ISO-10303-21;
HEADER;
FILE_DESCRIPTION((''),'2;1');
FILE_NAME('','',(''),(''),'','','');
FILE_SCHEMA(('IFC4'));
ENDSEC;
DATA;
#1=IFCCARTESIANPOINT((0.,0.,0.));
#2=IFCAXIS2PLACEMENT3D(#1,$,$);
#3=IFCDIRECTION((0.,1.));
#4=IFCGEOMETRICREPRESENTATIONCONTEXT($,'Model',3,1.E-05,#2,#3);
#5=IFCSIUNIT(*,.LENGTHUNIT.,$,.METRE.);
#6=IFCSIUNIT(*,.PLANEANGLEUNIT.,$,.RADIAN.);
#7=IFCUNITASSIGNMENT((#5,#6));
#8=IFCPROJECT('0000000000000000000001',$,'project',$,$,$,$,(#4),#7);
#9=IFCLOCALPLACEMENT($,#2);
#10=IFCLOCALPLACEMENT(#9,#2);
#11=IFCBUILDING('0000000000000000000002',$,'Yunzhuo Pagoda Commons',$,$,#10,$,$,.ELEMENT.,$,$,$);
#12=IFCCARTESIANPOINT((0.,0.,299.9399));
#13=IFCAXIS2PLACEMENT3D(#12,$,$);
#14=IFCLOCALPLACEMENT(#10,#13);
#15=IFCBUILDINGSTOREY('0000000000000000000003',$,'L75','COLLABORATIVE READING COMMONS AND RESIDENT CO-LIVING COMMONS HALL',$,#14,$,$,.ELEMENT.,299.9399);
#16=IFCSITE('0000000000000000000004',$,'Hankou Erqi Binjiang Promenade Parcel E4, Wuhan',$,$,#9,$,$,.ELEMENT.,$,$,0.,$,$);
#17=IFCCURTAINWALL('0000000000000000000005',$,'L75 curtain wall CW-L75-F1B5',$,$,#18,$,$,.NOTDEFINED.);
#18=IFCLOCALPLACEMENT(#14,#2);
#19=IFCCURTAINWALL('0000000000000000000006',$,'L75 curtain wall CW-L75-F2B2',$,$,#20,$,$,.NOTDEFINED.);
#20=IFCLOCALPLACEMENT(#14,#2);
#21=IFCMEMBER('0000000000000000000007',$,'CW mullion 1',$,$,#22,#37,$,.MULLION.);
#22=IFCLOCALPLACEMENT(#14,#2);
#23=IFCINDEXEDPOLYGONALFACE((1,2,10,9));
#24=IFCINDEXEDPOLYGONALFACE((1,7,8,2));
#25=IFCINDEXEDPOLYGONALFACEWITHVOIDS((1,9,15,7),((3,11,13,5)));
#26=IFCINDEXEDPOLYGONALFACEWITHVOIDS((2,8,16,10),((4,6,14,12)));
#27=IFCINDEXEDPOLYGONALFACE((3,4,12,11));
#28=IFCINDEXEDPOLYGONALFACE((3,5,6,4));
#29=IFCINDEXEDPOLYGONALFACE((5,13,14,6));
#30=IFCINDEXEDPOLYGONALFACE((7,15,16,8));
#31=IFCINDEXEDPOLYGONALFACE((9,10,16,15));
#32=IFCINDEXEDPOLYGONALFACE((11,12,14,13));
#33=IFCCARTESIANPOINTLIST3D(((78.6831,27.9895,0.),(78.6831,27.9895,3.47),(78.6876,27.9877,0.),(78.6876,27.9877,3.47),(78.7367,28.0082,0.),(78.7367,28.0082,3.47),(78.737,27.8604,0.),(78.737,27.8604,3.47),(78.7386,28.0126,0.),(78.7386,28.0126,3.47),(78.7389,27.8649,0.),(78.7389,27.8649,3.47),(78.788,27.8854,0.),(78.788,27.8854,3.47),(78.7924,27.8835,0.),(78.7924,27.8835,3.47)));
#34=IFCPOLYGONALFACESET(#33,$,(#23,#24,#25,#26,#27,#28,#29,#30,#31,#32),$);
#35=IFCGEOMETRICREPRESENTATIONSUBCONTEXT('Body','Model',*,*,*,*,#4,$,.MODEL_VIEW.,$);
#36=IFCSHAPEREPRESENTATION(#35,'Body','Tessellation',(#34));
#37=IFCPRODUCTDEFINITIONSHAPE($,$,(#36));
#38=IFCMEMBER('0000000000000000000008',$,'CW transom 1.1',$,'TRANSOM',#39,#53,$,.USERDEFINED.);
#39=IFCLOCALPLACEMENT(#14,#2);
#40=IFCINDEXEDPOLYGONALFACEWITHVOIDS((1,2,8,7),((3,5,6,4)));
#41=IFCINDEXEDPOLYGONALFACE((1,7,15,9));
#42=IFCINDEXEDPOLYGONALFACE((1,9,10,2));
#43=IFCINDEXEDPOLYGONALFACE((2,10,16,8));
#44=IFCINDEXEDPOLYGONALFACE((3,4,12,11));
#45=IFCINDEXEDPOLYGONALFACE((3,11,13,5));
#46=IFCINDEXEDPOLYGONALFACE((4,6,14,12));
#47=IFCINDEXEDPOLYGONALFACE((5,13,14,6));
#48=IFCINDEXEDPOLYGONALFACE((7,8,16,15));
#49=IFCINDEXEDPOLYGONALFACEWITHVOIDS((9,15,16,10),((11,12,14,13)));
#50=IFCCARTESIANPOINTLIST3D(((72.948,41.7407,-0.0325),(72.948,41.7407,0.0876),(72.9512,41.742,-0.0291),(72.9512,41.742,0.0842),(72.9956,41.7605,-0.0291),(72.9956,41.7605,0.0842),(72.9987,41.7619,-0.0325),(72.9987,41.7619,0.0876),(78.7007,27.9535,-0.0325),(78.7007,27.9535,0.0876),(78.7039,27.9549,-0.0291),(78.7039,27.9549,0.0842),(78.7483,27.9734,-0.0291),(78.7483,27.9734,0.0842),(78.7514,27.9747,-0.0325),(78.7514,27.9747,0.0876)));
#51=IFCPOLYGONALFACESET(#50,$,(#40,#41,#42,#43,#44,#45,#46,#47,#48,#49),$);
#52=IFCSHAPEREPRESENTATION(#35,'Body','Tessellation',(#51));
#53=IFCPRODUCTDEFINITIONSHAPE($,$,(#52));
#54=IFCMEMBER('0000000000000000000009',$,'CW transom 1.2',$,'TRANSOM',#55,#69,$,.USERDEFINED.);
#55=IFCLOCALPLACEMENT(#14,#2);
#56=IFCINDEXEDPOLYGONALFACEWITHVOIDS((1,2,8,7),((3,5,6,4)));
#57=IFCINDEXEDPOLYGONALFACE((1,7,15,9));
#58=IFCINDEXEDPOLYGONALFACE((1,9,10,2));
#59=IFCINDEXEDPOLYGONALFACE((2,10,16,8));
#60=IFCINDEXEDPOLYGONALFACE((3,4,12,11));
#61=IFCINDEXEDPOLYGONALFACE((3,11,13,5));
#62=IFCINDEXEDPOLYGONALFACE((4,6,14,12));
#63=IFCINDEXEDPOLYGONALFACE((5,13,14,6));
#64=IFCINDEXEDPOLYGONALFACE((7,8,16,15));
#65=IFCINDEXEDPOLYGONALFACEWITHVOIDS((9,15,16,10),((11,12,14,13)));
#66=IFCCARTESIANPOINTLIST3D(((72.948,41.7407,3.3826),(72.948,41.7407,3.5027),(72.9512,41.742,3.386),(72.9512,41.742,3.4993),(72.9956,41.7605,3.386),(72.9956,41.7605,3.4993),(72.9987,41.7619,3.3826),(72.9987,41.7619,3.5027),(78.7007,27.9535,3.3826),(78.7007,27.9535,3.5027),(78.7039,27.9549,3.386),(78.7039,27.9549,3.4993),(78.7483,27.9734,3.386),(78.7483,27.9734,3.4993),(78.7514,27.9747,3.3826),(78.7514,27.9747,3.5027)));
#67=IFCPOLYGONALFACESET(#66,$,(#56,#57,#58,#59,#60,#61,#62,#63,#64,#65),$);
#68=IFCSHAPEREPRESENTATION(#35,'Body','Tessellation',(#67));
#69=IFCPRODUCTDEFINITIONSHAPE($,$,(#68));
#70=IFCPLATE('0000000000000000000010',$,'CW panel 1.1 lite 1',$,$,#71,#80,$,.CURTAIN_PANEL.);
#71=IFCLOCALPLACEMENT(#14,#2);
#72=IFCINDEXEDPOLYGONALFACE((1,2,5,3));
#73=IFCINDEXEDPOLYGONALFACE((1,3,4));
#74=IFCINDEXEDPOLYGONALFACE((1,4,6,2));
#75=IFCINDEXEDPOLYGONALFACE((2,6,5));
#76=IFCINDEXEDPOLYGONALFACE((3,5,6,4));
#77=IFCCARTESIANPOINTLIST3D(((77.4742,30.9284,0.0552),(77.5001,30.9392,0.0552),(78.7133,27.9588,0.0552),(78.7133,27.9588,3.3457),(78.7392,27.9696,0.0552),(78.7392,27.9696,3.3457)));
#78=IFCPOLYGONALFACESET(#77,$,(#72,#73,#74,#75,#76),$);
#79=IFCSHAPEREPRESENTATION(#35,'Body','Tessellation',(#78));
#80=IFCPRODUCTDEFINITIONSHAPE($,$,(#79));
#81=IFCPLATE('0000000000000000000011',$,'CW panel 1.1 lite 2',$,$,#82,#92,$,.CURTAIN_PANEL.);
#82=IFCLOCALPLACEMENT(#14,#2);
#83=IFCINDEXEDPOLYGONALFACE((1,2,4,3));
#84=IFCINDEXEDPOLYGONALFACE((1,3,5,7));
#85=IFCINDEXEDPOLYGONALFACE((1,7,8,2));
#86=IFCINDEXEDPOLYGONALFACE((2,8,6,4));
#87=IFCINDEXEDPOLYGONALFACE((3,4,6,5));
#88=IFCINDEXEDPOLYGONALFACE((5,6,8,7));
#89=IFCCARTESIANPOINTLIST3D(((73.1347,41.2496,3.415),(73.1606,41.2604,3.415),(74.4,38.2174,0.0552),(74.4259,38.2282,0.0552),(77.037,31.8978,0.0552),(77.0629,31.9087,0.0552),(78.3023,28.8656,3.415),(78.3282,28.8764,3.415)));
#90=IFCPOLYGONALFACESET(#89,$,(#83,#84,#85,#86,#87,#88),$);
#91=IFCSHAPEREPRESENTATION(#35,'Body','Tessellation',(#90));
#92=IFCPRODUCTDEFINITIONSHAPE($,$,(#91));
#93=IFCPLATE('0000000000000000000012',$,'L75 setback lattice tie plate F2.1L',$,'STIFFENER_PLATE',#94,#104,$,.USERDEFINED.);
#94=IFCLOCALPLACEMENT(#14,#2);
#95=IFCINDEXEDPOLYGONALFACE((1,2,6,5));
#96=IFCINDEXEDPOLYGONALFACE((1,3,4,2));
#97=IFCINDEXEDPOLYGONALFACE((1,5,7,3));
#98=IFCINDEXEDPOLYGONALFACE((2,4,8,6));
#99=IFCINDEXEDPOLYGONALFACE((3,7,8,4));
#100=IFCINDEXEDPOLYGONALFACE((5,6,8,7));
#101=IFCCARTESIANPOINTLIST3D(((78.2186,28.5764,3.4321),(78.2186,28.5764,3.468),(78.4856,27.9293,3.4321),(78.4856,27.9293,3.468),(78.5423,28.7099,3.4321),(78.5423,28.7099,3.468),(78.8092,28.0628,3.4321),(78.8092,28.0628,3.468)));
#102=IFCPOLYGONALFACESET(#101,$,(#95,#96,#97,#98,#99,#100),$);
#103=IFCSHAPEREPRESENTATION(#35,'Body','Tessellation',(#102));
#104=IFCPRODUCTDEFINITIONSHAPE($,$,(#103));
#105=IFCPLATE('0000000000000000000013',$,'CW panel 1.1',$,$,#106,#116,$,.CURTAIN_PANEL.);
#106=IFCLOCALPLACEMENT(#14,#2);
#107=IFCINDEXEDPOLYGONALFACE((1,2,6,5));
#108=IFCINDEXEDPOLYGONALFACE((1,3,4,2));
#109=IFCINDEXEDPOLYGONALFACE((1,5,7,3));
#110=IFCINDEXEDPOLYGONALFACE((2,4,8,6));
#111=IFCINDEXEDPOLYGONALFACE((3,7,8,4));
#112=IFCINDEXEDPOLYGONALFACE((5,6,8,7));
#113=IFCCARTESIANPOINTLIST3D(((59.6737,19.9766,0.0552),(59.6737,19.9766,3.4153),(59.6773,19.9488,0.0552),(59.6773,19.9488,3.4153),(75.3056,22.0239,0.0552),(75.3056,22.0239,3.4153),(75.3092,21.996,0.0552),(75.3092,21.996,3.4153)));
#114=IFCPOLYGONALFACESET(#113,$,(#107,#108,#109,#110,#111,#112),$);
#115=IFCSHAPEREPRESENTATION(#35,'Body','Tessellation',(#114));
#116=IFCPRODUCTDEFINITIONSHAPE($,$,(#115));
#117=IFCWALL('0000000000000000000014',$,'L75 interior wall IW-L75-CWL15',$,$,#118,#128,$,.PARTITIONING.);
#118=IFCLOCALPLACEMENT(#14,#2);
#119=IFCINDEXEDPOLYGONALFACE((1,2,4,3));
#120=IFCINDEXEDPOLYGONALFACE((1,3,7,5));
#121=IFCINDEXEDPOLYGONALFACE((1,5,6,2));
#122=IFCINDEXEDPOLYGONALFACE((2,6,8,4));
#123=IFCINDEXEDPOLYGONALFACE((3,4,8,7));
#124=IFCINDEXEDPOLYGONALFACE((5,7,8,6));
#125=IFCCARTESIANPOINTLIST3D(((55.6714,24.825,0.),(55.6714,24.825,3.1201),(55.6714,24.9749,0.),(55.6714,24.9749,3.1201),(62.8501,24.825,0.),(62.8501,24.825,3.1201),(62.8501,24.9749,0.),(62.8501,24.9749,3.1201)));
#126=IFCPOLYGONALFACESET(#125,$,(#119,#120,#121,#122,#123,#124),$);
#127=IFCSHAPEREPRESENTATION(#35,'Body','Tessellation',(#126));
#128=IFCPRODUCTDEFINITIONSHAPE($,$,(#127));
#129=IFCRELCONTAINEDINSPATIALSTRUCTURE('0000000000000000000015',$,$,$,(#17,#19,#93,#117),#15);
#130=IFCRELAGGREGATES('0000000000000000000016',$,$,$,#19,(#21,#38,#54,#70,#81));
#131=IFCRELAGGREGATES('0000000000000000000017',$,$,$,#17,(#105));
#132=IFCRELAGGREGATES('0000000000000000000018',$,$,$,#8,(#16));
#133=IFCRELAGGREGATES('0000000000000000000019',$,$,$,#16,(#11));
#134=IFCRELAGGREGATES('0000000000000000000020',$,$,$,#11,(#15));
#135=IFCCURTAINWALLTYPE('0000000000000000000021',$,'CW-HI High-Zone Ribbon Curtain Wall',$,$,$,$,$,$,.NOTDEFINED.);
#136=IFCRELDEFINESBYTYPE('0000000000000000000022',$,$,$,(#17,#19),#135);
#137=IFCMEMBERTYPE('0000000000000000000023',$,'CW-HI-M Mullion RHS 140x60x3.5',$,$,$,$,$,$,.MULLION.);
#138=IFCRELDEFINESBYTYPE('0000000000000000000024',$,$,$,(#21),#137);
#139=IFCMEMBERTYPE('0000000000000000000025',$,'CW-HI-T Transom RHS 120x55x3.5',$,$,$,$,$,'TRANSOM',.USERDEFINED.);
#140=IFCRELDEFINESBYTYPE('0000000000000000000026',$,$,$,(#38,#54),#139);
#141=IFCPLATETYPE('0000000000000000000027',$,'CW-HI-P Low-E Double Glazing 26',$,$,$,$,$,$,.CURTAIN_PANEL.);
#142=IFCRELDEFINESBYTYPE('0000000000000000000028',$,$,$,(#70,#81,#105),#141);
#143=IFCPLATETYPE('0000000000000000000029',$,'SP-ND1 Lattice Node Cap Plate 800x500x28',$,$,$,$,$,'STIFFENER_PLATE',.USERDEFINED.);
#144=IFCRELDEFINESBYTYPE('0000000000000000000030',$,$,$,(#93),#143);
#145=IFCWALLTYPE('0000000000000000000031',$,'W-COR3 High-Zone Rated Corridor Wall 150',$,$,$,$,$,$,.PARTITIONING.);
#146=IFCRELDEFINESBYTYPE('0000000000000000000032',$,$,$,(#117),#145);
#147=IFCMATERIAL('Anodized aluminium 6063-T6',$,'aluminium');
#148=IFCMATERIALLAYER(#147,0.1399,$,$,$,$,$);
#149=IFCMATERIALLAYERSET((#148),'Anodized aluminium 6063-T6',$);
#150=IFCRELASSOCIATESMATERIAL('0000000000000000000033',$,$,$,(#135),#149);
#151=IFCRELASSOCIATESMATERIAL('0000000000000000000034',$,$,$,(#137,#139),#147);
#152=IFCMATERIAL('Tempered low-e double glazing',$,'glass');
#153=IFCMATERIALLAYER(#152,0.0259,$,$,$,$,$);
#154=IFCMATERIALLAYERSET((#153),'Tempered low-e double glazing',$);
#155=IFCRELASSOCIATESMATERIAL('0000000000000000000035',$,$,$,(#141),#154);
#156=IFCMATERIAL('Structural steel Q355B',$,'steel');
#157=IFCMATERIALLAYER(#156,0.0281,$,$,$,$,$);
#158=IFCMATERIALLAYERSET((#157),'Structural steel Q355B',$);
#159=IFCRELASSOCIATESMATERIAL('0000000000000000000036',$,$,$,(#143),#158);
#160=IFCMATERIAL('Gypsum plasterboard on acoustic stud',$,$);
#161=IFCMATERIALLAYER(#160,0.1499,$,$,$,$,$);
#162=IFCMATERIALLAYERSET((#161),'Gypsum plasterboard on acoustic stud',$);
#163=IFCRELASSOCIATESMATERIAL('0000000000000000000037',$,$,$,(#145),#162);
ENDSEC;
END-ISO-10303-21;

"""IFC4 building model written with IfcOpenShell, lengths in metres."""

from ifc_helpers import new_model, si_unit, direction, frame, frame_2d, origin, origin_2d, place, context, subcontext, project, spatial, polyline, rectangle, hollow_rectangle, outline, extrude, source, transform, mapped, material, layer, layer_set, material_profile, profile_set, type_object, element, aggregate, save


model = new_model("IFC4")

# Units and contexts
model_context = context("Model", 3, precision=1e-05, world=origin(), true_north=direction((0.0, 1.0)))
body_context = subcontext(model_context, "Body", "Model", "MODEL_VIEW")
ifc_project = project(units=[si_unit("LENGTHUNIT", "METRE"), si_unit("PLANEANGLEUNIT", "RADIAN")], contexts=[model_context])

# Site, building, storey
site_placement = place(None, origin())
site = spatial("IfcSite", under=ifc_project, at=site_placement, Name="Hankou Erqi Binjiang Promenade Parcel E4, Wuhan", CompositionType="ELEMENT", RefElevation=0.0)
building_placement = place(site_placement, origin())
building = spatial("IfcBuilding", under=site, at=building_placement, Name="Yunzhuo Pagoda Commons", CompositionType="ELEMENT")
storey_placement = place(building_placement, frame((0.0, 0.0, 299.9399)))
storey = spatial("IfcBuildingStorey", under=building, at=storey_placement, Name="L75", Description="COLLABORATIVE READING COMMONS AND RESIDENT CO-LIVING COMMONS HALL", CompositionType="ELEMENT", Elevation=299.9399)

# Shared definitions
ifc_material_1 = material(Name="Structural steel Q355B", Category="steel")

# Curtain wall
ifc_material_2 = material(Name="Anodized aluminium 6063-T6", Category="aluminium")
ifc_layer_1 = layer(ifc_material_2, 0.1399)
ifc_layer_set_1 = layer_set([ifc_layer_1], Name="Anodized aluminium 6063-T6")
curtain_wall_type = type_object("IfcCurtainWallType", Name="CW-HI High-Zone Ribbon Curtain Wall", PredefinedType="NOTDEFINED", material=ifc_layer_set_1)
curtain_wall_1_placement = place(storey_placement, origin())
curtain_wall_1 = element("IfcCurtainWall", 1, at=curtain_wall_1_placement, inside=storey, type_object=curtain_wall_type, Name="L75 curtain wall CW-L75-F1B5", PredefinedType="NOTDEFINED")
ifc_material_profile_1 = material_profile(ifc_material_2, hollow_rectangle(XDim=0.0601, YDim=0.1399, WallThickness=0.0034, at=origin_2d()), Name="Anodized aluminium 6063-T6")
ifc_profile_set_1 = profile_set([ifc_material_profile_1], Name="Anodized aluminium 6063-T6")
member_type_1 = type_object("IfcMemberType", Name="CW-HI-M Mullion RHS 140x60x3.5", PredefinedType="MULLION", material=ifc_profile_set_1)
shared_shape_1 = source(origin(), body_context, "Body", "SweptSolid", [
    extrude(hollow_rectangle(XDim=0.0601, YDim=0.1399, WallThickness=0.0034, at=origin_2d()), origin(), (0.0, 0.0, 1.0), 3.47),
])

# Curtain wall, members, plates
curtain_wall_2_placement = place(storey_placement, origin())
curtain_wall_2 = element("IfcCurtainWall", 2, at=curtain_wall_2_placement, inside=storey, type_object=curtain_wall_type, Name="L75 curtain wall CW-L75-F2B2", PredefinedType="NOTDEFINED")
member_1_placement = place(storey_placement, frame((78.7378, 27.9365, 0.0), z_axis=(0.0, 0.0, 1.0), x_axis=(-0.922876, -0.385097, 0.0)))
member_1 = element("IfcMember", 3, at=member_1_placement, type_object=member_type_1, Name="CW mullion 1", PredefinedType="MULLION", context=body_context, shape_type="MappedRepresentation", body=[
    mapped(shared_shape_1, transform((0.0, 0.0, 0.0), scale=1.0)),
])
ifc_material_profile_2 = material_profile(ifc_material_2, hollow_rectangle(XDim=0.0549, YDim=0.1201, WallThickness=0.0034, at=origin_2d()), Name="Anodized aluminium 6063-T6")
ifc_profile_set_2 = profile_set([ifc_material_profile_2], Name="Anodized aluminium 6063-T6")
member_type_2 = type_object("IfcMemberType", Name="CW-HI-T Transom RHS 120x55x3.5", ElementType="TRANSOM", PredefinedType="USERDEFINED", material=ifc_profile_set_2)
shared_shape_2 = source(origin(), body_context, "Body", "SweptSolid", [
    extrude(hollow_rectangle(XDim=0.0549, YDim=0.1201, WallThickness=0.0034, at=origin_2d()), origin(), (0.0, 0.0, 1.0), 14.9392),
])
member_2_placement = place(storey_placement, frame((78.7261, 27.9641, 0.0276), z_axis=(-0.385075, 0.922885, 0.0), x_axis=(-0.922885, -0.385075, 0.0)))
member_2 = element("IfcMember", 4, at=member_2_placement, type_object=member_type_2, Name="CW transom 1.1", ObjectType="TRANSOM", PredefinedType="USERDEFINED", context=body_context, shape_type="MappedRepresentation", body=[
    mapped(shared_shape_2, transform((0.0, 0.0, 0.0), scale=1.0)),
])
member_3_placement = place(storey_placement, frame((78.7261, 27.9641, 3.4426), z_axis=(-0.385075, 0.922885, 0.0), x_axis=(-0.922885, -0.385075, 0.0)))
member_3 = element("IfcMember", 5, at=member_3_placement, type_object=member_type_2, Name="CW transom 1.2", ObjectType="TRANSOM", PredefinedType="USERDEFINED", context=body_context, shape_type="MappedRepresentation", body=[
    mapped(shared_shape_2, transform((0.0, 0.0, 0.0), scale=1.0)),
])
ifc_material_3 = material(Name="Tempered low-e double glazing", Category="glass")
ifc_layer_2 = layer(ifc_material_3, 0.0259)
ifc_layer_set_2 = layer_set([ifc_layer_2], Name="Tempered low-e double glazing")
plate_type_1 = type_object("IfcPlateType", Name="CW-HI-P Low-E Double Glazing 26", PredefinedType="CURTAIN_PANEL", material=ifc_layer_set_2)
plate_1_placement = place(storey_placement, frame((78.0938, 29.4436, 1.7004), z_axis=(0.922876, 0.385097, 0.0), x_axis=(-0.385097, 0.922876, 0.0)))
plate_1 = element("IfcPlate", 6, at=plate_1_placement, type_object=plate_type_1, Name="CW panel 1.1 lite 1", PredefinedType="CURTAIN_PANEL", context=body_context, shape_type="SweptSolid", body=[
    extrude(outline(polyline([(-1.6089, -1.6453), (1.6089, -1.6453), (-1.6089, 1.6453), (-1.6089, -1.6453)])), origin(), (0.0, 0.0, 1.0), 0.0281),
])
plate_2_placement = place(storey_placement, frame((75.7185, 35.0576, 1.7351), z_axis=(0.922876, 0.385097, 0.0), x_axis=(-0.385097, 0.922876, 0.0)))
plate_2 = element("IfcPlate", 7, at=plate_2_placement, type_object=plate_type_1, Name="CW panel 1.1 lite 2", PredefinedType="CURTAIN_PANEL", context=body_context, shape_type="SweptSolid", body=[
    extrude(outline(polyline([(-6.7095, 1.6799), (-3.4238, -1.6799), (3.4238, -1.6799), (6.7095, 1.6799), (-6.7095, 1.6799)])), origin(), (0.0, 0.0, 1.0), 0.0281),
])
aggregate(curtain_wall_2, [member_1, member_2, member_3, plate_1, plate_2])

# Plates
ifc_layer_3 = layer(ifc_material_1, 0.0281)
ifc_layer_set_3 = layer_set([ifc_layer_3], Name="Structural steel Q355B")
plate_type_2 = type_object("IfcPlateType", Name="SP-ND1 Lattice Node Cap Plate 800x500x28", ElementType="STIFFENER_PLATE", PredefinedType="USERDEFINED", material=ifc_layer_set_3)
shared_shape_3 = source(origin(), body_context, "Body", "SweptSolid", [
    extrude(rectangle(XDim=0.7, YDim=0.3501, at=origin_2d()), origin(), (0.0, 0.0, 1.0), 0.0359),
])
plate_3_placement = place(storey_placement, frame((78.5139, 28.3196, 3.4321), z_axis=(0.0, 0.0, 1.0), x_axis=(-0.381345, 0.924433, 0.0)))
element("IfcPlate", 8, at=plate_3_placement, inside=storey, type_object=plate_type_2, Name="L75 setback lattice tie plate F2.1L", ObjectType="STIFFENER_PLATE", PredefinedType="USERDEFINED", context=body_context, shape_type="MappedRepresentation", body=[
    mapped(shared_shape_3, transform((0.0, 0.0, 0.0), scale=1.0)),
])
shared_shape_4 = source(origin(), body_context, "Body", "SweptSolid", [
    extrude(rectangle(XDim=15.7654, YDim=0.0281, at=origin_2d()), origin(), (0.0, 0.0, 1.0), 3.3601),
])
plate_4_placement = place(storey_placement, frame((67.4915, 20.9863, 0.0552), z_axis=(0.0, 0.0, 1.0), x_axis=(0.991533, 0.129855, 0.0)))
plate_4 = element("IfcPlate", 9, at=plate_4_placement, type_object=plate_type_1, Name="CW panel 1.1", PredefinedType="CURTAIN_PANEL", context=body_context, shape_type="MappedRepresentation", body=[
    mapped(shared_shape_4, transform((0.0, 0.0, 0.0), scale=1.0)),
])
aggregate(curtain_wall_1, [plate_4])

# Wall
ifc_material_4 = material(Name="Gypsum plasterboard on acoustic stud")
ifc_layer_4 = layer(ifc_material_4, 0.1499)
ifc_layer_set_4 = layer_set([ifc_layer_4], Name="Gypsum plasterboard on acoustic stud")
wall_type_1 = type_object("IfcWallType", Name="W-COR3 High-Zone Rated Corridor Wall 150", PredefinedType="PARTITIONING", material=ifc_layer_set_4)
wall_1_placement = place(storey_placement, frame((62.8501, 24.8999, 0.0), z_axis=(0.0, 0.0, 1.0), x_axis=(-1.0, 0.0, 0.0)))
element("IfcWall", 10, at=wall_1_placement, inside=storey, type_object=wall_type_1, Name="L75 interior wall IW-L75-CWL15", PredefinedType="PARTITIONING", context=body_context, shape_type="SweptSolid", body=[
    extrude(rectangle(XDim=7.1787, YDim=0.1499, at=frame_2d((3.5894, 0.0))), origin(), (0.0, 0.0, 1.0), 3.1201),
])

save(model, "model.ifc")
